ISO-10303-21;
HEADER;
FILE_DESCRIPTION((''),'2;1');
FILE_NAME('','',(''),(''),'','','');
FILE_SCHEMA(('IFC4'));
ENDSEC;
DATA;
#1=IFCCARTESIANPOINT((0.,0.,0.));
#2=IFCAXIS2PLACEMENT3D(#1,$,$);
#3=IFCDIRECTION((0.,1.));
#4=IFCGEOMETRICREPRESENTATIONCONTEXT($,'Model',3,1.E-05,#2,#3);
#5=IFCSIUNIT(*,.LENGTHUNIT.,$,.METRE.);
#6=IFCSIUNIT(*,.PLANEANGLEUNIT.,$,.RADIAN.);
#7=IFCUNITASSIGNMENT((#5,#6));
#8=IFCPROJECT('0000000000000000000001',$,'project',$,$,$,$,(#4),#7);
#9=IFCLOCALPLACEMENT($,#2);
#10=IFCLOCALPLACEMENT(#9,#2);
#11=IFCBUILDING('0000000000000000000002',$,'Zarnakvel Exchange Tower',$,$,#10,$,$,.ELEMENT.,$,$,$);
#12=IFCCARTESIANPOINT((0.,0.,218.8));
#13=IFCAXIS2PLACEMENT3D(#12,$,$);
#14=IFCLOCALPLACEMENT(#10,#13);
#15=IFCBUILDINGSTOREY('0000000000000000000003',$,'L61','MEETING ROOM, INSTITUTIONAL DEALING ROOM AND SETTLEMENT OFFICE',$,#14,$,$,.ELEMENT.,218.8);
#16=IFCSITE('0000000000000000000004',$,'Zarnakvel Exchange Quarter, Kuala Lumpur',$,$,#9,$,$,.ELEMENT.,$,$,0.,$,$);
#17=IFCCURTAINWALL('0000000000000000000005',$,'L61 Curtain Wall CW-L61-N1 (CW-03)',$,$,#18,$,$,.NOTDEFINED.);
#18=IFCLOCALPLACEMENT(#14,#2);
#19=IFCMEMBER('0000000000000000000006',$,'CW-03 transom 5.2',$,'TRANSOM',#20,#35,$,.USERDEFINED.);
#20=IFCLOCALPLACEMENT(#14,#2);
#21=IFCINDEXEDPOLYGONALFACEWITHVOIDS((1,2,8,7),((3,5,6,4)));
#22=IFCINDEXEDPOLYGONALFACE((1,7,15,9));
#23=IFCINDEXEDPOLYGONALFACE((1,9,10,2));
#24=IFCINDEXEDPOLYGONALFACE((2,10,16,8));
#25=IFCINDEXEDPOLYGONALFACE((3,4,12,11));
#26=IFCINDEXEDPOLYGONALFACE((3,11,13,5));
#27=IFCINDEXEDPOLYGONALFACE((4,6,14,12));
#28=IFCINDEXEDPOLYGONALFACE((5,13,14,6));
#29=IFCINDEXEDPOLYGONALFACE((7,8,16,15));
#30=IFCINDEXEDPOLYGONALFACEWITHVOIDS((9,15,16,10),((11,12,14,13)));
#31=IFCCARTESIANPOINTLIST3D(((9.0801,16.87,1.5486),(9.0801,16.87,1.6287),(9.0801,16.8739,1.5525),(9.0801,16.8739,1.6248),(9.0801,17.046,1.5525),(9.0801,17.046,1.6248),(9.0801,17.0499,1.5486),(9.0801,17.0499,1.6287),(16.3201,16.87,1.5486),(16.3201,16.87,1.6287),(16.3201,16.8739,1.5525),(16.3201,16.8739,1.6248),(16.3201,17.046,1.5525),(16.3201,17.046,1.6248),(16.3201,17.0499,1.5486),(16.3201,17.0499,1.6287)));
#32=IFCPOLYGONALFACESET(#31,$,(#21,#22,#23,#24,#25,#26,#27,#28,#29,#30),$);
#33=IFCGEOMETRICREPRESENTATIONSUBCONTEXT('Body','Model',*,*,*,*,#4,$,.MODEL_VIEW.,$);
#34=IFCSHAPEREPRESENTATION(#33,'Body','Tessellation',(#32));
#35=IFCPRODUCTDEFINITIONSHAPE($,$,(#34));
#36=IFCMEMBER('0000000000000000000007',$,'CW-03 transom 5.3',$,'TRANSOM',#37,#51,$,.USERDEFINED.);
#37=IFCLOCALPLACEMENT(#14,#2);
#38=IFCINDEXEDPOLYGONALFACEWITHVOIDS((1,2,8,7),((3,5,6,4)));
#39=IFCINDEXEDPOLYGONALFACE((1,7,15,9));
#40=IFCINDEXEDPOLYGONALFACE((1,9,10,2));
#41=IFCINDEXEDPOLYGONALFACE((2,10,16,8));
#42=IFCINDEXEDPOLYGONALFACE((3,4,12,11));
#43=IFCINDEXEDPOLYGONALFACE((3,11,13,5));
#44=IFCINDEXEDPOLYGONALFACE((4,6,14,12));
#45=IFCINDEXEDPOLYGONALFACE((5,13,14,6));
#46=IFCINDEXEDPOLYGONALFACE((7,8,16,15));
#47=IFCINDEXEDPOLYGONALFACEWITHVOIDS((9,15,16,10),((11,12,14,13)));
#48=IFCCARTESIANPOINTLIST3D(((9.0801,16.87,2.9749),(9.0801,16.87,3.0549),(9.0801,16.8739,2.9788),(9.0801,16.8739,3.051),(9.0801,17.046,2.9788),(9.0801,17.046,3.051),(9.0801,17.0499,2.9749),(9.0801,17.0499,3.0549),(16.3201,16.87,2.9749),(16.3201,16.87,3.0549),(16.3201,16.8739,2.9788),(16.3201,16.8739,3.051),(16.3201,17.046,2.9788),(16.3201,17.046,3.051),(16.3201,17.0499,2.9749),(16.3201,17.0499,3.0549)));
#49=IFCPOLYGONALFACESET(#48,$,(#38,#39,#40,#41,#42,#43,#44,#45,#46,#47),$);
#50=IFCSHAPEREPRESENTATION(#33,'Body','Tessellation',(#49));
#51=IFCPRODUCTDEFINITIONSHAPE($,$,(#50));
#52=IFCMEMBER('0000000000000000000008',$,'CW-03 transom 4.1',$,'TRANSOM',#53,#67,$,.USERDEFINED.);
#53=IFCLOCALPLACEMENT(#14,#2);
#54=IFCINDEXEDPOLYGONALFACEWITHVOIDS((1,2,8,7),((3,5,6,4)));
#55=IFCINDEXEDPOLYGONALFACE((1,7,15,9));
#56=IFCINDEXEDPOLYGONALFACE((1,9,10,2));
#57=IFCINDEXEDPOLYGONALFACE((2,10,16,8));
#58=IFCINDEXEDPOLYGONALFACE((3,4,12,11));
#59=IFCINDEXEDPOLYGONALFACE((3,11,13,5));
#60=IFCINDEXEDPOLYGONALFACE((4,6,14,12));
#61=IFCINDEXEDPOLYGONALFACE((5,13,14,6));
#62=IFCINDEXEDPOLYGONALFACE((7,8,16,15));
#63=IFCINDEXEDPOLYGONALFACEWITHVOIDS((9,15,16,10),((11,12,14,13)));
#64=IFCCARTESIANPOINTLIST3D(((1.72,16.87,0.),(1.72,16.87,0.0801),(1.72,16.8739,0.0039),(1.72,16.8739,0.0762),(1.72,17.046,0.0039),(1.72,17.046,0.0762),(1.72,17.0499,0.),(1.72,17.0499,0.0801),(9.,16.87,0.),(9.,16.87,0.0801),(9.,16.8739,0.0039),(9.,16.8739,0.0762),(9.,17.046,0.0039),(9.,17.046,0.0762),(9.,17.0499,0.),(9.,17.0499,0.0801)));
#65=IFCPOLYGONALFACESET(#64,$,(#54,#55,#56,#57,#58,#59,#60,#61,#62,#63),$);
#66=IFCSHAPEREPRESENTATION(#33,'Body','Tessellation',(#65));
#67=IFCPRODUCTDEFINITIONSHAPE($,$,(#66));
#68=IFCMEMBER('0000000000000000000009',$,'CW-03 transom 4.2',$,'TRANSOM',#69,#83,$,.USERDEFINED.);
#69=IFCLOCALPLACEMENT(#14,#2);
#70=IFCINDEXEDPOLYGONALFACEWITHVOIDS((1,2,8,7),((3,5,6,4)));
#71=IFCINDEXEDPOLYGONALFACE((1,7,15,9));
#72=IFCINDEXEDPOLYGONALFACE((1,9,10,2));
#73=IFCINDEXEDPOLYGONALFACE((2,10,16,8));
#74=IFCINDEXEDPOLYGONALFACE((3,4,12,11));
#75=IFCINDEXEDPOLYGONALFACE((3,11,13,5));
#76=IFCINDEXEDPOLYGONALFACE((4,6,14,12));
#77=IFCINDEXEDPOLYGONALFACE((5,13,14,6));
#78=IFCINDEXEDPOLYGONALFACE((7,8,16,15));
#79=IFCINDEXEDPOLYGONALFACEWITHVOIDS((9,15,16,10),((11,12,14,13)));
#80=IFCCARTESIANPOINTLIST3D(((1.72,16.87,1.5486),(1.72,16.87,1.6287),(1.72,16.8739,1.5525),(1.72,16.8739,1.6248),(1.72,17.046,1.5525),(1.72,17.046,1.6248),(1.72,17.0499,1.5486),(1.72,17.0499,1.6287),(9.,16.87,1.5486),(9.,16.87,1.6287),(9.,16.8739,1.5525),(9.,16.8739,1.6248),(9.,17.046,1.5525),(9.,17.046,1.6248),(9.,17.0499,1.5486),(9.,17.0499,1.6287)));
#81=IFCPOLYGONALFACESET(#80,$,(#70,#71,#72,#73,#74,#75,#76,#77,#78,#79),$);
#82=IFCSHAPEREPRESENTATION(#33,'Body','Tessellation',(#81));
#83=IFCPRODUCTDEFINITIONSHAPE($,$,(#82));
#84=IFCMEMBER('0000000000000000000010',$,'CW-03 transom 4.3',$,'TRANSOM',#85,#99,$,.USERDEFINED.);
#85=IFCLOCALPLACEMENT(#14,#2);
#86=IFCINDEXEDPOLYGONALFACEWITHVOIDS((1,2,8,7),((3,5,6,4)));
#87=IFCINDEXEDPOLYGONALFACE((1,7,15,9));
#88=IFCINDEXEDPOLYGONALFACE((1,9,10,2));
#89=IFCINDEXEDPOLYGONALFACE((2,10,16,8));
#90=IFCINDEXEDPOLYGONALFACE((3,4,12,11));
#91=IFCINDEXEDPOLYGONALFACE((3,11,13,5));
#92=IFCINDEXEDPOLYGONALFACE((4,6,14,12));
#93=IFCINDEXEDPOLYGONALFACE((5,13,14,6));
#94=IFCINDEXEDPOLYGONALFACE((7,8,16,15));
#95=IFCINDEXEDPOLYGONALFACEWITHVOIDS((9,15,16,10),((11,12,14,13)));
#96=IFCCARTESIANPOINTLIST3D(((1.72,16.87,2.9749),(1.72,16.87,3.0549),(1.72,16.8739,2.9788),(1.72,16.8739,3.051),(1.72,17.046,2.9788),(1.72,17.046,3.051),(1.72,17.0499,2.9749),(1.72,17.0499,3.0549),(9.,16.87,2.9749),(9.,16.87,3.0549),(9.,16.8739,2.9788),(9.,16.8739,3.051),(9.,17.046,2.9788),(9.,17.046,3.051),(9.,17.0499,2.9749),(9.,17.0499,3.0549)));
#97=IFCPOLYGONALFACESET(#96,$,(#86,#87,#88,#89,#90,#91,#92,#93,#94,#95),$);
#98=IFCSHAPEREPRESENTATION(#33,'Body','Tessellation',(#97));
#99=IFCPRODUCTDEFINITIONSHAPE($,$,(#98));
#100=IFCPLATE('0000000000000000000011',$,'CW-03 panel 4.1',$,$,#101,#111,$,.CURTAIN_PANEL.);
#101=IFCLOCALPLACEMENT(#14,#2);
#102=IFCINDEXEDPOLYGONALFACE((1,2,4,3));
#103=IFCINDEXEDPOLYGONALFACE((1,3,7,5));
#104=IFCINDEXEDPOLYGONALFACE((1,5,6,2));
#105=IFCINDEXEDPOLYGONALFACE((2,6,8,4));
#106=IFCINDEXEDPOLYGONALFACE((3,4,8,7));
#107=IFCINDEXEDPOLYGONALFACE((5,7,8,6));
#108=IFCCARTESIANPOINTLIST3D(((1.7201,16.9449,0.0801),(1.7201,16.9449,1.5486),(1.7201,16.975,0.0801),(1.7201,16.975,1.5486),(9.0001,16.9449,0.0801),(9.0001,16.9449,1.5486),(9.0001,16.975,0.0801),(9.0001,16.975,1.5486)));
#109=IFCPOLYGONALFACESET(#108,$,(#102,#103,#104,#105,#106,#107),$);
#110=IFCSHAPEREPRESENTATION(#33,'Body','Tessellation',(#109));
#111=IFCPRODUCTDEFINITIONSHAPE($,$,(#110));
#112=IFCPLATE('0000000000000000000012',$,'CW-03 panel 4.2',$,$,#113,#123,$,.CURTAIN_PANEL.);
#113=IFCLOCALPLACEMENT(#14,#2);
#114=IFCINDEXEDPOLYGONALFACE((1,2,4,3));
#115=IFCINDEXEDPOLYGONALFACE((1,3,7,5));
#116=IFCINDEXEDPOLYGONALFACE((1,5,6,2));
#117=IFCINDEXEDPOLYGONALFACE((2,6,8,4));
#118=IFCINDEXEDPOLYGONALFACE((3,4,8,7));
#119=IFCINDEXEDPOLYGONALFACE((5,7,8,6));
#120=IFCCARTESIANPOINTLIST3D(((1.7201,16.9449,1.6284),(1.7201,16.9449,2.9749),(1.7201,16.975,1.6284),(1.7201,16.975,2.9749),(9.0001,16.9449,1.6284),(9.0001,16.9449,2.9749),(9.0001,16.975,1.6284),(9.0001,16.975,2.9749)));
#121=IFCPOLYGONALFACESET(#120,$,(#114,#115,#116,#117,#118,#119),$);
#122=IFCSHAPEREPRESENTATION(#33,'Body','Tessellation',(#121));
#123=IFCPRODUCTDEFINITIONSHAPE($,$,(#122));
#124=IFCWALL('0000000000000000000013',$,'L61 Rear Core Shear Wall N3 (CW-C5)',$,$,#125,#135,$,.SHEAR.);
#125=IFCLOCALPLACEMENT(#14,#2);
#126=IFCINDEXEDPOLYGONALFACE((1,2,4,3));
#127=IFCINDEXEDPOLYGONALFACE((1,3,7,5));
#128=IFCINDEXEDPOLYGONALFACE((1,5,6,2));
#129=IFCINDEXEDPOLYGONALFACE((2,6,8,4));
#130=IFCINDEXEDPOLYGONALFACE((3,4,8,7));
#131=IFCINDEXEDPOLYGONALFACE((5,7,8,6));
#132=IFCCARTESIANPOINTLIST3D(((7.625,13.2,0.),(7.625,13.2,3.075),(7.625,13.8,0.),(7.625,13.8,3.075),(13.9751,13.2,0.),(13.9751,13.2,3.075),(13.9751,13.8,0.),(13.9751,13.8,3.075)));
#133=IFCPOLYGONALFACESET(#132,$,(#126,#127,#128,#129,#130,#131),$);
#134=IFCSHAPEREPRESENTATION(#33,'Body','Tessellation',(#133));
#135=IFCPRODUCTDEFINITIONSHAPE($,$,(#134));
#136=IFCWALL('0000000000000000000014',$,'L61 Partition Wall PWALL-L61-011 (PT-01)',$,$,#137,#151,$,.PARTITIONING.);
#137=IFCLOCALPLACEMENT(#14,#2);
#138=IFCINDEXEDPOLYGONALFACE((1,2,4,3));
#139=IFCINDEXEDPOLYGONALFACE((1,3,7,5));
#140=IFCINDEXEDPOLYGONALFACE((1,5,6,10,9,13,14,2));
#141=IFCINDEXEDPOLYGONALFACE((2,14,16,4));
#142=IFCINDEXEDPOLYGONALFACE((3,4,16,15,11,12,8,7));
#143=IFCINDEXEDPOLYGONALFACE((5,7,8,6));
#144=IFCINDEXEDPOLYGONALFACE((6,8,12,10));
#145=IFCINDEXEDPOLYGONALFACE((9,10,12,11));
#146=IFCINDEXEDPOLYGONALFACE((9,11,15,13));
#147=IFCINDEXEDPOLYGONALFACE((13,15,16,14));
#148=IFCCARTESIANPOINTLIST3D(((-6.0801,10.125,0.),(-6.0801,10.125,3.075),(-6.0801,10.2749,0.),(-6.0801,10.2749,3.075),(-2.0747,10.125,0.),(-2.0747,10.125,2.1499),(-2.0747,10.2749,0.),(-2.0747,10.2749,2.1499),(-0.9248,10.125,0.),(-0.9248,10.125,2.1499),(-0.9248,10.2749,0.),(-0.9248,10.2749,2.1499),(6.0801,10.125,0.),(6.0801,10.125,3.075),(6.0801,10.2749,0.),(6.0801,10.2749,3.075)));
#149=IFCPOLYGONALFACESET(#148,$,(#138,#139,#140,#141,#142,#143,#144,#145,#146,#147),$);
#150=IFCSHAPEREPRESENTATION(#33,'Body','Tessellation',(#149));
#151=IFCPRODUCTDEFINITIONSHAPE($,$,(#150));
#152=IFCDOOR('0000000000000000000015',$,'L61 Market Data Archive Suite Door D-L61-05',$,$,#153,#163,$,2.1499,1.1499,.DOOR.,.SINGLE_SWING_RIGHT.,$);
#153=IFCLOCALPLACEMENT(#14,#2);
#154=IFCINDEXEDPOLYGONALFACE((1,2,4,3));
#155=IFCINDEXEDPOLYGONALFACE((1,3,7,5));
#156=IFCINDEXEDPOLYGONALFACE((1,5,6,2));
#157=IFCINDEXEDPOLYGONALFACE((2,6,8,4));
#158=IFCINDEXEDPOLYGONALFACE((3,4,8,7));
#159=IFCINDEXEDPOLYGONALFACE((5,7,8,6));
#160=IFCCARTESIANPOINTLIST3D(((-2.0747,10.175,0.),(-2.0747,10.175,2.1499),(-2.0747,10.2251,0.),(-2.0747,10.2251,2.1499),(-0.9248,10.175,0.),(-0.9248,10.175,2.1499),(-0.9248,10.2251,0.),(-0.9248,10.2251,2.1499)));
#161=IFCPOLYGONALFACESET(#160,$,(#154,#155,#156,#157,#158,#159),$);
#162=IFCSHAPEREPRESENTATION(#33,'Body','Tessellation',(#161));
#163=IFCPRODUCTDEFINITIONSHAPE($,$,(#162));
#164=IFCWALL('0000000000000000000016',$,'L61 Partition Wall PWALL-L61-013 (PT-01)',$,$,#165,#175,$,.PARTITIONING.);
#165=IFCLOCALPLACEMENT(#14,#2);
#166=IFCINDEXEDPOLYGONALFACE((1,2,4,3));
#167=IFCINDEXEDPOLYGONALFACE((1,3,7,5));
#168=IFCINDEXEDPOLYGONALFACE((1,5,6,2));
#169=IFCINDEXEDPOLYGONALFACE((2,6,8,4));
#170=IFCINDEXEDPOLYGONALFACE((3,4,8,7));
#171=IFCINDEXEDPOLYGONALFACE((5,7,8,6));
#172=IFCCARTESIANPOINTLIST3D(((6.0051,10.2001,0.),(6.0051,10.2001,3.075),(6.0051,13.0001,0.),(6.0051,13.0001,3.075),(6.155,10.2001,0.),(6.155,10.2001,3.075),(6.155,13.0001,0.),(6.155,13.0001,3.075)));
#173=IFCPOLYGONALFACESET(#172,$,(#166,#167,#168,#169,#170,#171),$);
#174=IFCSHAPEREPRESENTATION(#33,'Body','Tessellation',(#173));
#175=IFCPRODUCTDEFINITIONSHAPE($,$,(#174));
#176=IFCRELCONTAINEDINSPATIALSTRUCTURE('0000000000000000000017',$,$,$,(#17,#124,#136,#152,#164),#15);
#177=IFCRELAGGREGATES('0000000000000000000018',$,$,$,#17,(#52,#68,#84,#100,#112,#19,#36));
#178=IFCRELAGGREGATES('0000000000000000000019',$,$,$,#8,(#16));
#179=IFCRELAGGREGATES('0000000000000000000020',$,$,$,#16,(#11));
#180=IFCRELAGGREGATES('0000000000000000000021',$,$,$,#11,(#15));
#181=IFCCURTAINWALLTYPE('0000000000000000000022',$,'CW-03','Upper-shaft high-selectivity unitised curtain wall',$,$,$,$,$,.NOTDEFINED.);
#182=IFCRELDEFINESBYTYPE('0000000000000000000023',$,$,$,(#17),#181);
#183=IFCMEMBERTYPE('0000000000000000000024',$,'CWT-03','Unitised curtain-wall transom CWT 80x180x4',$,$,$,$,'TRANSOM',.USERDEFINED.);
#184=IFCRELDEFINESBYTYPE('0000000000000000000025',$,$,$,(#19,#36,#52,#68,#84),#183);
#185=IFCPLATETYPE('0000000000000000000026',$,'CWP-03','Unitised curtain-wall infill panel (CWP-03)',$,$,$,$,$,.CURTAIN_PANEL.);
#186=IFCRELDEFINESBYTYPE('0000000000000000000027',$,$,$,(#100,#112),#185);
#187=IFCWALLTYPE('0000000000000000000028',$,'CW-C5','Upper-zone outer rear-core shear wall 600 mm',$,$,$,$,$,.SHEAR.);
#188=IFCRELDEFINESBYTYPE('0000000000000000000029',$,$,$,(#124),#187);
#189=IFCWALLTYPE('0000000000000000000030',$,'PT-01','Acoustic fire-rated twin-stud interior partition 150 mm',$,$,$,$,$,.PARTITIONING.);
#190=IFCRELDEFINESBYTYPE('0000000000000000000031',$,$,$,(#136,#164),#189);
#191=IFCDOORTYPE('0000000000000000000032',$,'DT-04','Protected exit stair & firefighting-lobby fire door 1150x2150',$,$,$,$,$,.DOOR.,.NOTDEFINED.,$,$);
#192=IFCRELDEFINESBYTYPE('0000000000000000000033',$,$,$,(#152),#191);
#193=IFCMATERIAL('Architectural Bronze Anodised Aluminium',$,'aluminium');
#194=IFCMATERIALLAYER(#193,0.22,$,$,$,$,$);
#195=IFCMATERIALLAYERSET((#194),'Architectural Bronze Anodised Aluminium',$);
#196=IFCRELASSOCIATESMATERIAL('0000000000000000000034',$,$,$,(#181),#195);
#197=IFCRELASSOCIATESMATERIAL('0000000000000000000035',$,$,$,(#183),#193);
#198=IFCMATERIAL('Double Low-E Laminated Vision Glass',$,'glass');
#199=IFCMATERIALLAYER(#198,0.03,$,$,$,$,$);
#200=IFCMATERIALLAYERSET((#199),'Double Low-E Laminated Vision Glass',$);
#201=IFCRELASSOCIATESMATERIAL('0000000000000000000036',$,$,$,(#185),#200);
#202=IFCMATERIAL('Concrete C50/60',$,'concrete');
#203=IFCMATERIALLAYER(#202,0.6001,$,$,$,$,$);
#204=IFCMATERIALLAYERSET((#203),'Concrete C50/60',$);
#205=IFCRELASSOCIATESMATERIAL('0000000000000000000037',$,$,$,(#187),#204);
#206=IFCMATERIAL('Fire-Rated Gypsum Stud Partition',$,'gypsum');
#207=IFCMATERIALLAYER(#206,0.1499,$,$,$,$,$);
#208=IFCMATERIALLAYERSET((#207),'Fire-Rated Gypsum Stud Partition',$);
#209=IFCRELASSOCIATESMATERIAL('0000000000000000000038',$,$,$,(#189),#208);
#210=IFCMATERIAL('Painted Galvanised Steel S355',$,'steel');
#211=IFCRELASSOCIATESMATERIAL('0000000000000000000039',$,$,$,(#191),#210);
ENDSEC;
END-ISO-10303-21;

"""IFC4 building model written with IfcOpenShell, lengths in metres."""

from ifc_helpers import new_model, si_unit, direction, frame, frame_2d, origin, origin_2d, place, context, subcontext, project, spatial, rectangle, hollow_rectangle, extrude, source, transform, mapped, material, layer, layer_set, material_profile, profile_set, type_object, element, fill, aggregate, save


model = new_model("IFC4")

# Units and contexts
model_context = context("Model", 3, precision=1e-05, world=origin(), true_north=direction((0.0, 1.0)))
body_context = subcontext(model_context, "Body", "Model", "MODEL_VIEW")
ifc_project = project(units=[si_unit("LENGTHUNIT", "METRE"), si_unit("PLANEANGLEUNIT", "RADIAN")], contexts=[model_context])

# Site, building, storey
site_placement = place(None, origin())
site = spatial("IfcSite", under=ifc_project, at=site_placement, Name="Zarnakvel Exchange Quarter, Kuala Lumpur", CompositionType="ELEMENT", RefElevation=0.0)
building_placement = place(site_placement, origin())
building = spatial("IfcBuilding", under=site, at=building_placement, Name="Zarnakvel Exchange Tower", CompositionType="ELEMENT")
storey_placement = place(building_placement, frame((0.0, 0.0, 218.8)))
storey = spatial("IfcBuildingStorey", under=building, at=storey_placement, Name="L61", Description="MEETING ROOM, INSTITUTIONAL DEALING ROOM AND SETTLEMENT OFFICE", CompositionType="ELEMENT", Elevation=218.8)

# Shared definitions
ifc_material_1 = material(Name="Concrete C50/60", Category="concrete")

# Curtain wall, members, plates
ifc_material_2 = material(Name="Architectural Bronze Anodised Aluminium", Category="aluminium")
ifc_layer_1 = layer(ifc_material_2, 0.22)
ifc_layer_set_1 = layer_set([ifc_layer_1], Name="Architectural Bronze Anodised Aluminium")
curtain_wall_type = type_object("IfcCurtainWallType", Name="CW-03", Description="Upper-shaft high-selectivity unitised curtain wall", PredefinedType="NOTDEFINED", material=ifc_layer_set_1)
curtain_wall_placement = place(storey_placement, origin())
curtain_wall = element("IfcCurtainWall", 1, at=curtain_wall_placement, inside=storey, type_object=curtain_wall_type, Name="L61 Curtain Wall CW-L61-N1 (CW-03)", PredefinedType="NOTDEFINED")
ifc_material_profile_1 = material_profile(ifc_material_2, hollow_rectangle(XDim=0.1799, YDim=0.0801, WallThickness=0.0039, at=origin_2d()))
ifc_profile_set_1 = profile_set([ifc_material_profile_1], Name="Architectural Bronze Anodised Aluminium")
member_type_1 = type_object("IfcMemberType", Name="CWT-03", Description="Unitised curtain-wall transom CWT 80x180x4", ElementType="TRANSOM", PredefinedType="USERDEFINED", material=ifc_profile_set_1)
shared_shape_1 = source(origin(), body_context, "Body", "SweptSolid", [
    extrude(hollow_rectangle(XDim=0.1799, YDim=0.0801, WallThickness=0.0039, at=origin_2d()), origin(), (0.0, 0.0, 1.0), 7.24),
])
member_1_placement = place(storey_placement, frame((9.0801, 16.96, 1.5886), z_axis=(1.0, 0.0, 0.0), x_axis=(0.0, 1.0, 0.0)))
member_1 = element("IfcMember", 2, at=member_1_placement, type_object=member_type_1, Name="CW-03 transom 5.2", ObjectType="TRANSOM", PredefinedType="USERDEFINED", context=body_context, shape_type="MappedRepresentation", body=[
    mapped(shared_shape_1, transform((0.0, 0.0, 0.0), x_axis=(1.0, 0.0, 0.0), y_axis=(0.0, 1.0, 0.0), z_axis=(0.0, 0.0, 1.0), scale=1.0)),
])
member_2_placement = place(storey_placement, frame((9.0801, 16.96, 3.0149), z_axis=(1.0, 0.0, 0.0), x_axis=(0.0, 1.0, 0.0)))
member_2 = element("IfcMember", 3, at=member_2_placement, type_object=member_type_1, Name="CW-03 transom 5.3", ObjectType="TRANSOM", PredefinedType="USERDEFINED", context=body_context, shape_type="MappedRepresentation", body=[
    mapped(shared_shape_1, transform((0.0, 0.0, 0.0), x_axis=(1.0, 0.0, 0.0), y_axis=(0.0, 1.0, 0.0), z_axis=(0.0, 0.0, 1.0), scale=1.0)),
])
shared_shape_2 = source(origin(), body_context, "Body", "SweptSolid", [
    extrude(hollow_rectangle(XDim=0.1799, YDim=0.0801, WallThickness=0.0039, at=origin_2d()), origin(), (0.0, 0.0, 1.0), 7.28),
])
member_3_placement = place(storey_placement, frame((1.72, 16.96, 0.04), z_axis=(1.0, 0.0, 0.0), x_axis=(0.0, 1.0, 0.0)))
member_3 = element("IfcMember", 4, at=member_3_placement, type_object=member_type_1, Name="CW-03 transom 4.1", ObjectType="TRANSOM", PredefinedType="USERDEFINED", context=body_context, shape_type="MappedRepresentation", body=[
    mapped(shared_shape_2, transform((0.0, 0.0, 0.0), x_axis=(1.0, 0.0, 0.0), y_axis=(0.0, 1.0, 0.0), z_axis=(0.0, 0.0, 1.0), scale=1.0)),
])
member_4_placement = place(storey_placement, frame((1.72, 16.96, 1.5886), z_axis=(1.0, 0.0, 0.0), x_axis=(0.0, 1.0, 0.0)))
member_4 = element("IfcMember", 5, at=member_4_placement, type_object=member_type_1, Name="CW-03 transom 4.2", ObjectType="TRANSOM", PredefinedType="USERDEFINED", context=body_context, shape_type="MappedRepresentation", body=[
    mapped(shared_shape_2, transform((0.0, 0.0, 0.0), x_axis=(1.0, 0.0, 0.0), y_axis=(0.0, 1.0, 0.0), z_axis=(0.0, 0.0, 1.0), scale=1.0)),
])
member_5_placement = place(storey_placement, frame((1.72, 16.96, 3.0149), z_axis=(1.0, 0.0, 0.0), x_axis=(0.0, 1.0, 0.0)))
member_5 = element("IfcMember", 6, at=member_5_placement, type_object=member_type_1, Name="CW-03 transom 4.3", ObjectType="TRANSOM", PredefinedType="USERDEFINED", context=body_context, shape_type="MappedRepresentation", body=[
    mapped(shared_shape_2, transform((0.0, 0.0, 0.0), x_axis=(1.0, 0.0, 0.0), y_axis=(0.0, 1.0, 0.0), z_axis=(0.0, 0.0, 1.0), scale=1.0)),
])
ifc_material_3 = material(Name="Double Low-E Laminated Vision Glass", Category="glass")
ifc_layer_2 = layer(ifc_material_3, 0.03)
ifc_layer_set_2 = layer_set([ifc_layer_2], Name="Double Low-E Laminated Vision Glass")
plate_type = type_object("IfcPlateType", Name="CWP-03", Description="Unitised curtain-wall infill panel (CWP-03)", PredefinedType="CURTAIN_PANEL", material=ifc_layer_set_2)
shared_shape_3 = source(origin(), body_context, "Body", "SweptSolid", [
    extrude(rectangle(XDim=7.28, YDim=0.03, at=origin_2d()), origin(), (0.0, 0.0, 1.0), 1.4685),
])
plate_1_placement = place(storey_placement, frame((5.3601, 16.96, 0.0801), z_axis=(0.0, 0.0, 1.0), x_axis=(1.0, 0.0, 0.0)))
plate_1 = element("IfcPlate", 7, at=plate_1_placement, type_object=plate_type, Name="CW-03 panel 4.1", PredefinedType="CURTAIN_PANEL", context=body_context, shape_type="MappedRepresentation", body=[
    mapped(shared_shape_3, transform((0.0, 0.0, 0.0), x_axis=(1.0, 0.0, 0.0), y_axis=(0.0, 1.0, 0.0), z_axis=(0.0, 0.0, 1.0), scale=1.0)),
])
shared_shape_4 = source(origin(), body_context, "Body", "SweptSolid", [
    extrude(rectangle(XDim=7.28, YDim=0.03, at=origin_2d()), origin(), (0.0, 0.0, 1.0), 1.3464),
])
plate_2_placement = place(storey_placement, frame((5.3601, 16.96, 1.6284), z_axis=(0.0, 0.0, 1.0), x_axis=(1.0, 0.0, 0.0)))
plate_2 = element("IfcPlate", 8, at=plate_2_placement, type_object=plate_type, Name="CW-03 panel 4.2", PredefinedType="CURTAIN_PANEL", context=body_context, shape_type="MappedRepresentation", body=[
    mapped(shared_shape_4, transform((0.0, 0.0, 0.0), x_axis=(1.0, 0.0, 0.0), y_axis=(0.0, 1.0, 0.0), z_axis=(0.0, 0.0, 1.0), scale=1.0)),
])
aggregate(curtain_wall, [member_3, member_4, member_5, plate_1, plate_2, member_1, member_2])

# Wall
ifc_layer_3 = layer(ifc_material_1, 0.6001)
ifc_layer_set_3 = layer_set([ifc_layer_3], Name="Concrete C50/60")
wall_type_1 = type_object("IfcWallType", Name="CW-C5", Description="Upper-zone outer rear-core shear wall 600 mm", PredefinedType="SHEAR", material=ifc_layer_set_3)
wall_1_placement = place(storey_placement, frame((7.625, 13.5, 0.0), z_axis=(0.0, 0.0, 1.0), x_axis=(1.0, 0.0, 0.0)))
element("IfcWall", 9, at=wall_1_placement, inside=storey, type_object=wall_type_1, Name="L61 Rear Core Shear Wall N3 (CW-C5)", PredefinedType="SHEAR", context=body_context, shape_type="SweptSolid", body=[
    extrude(rectangle(XDim=6.3501, YDim=0.6001, at=frame_2d((3.175, 0.0))), origin(), (0.0, 0.0, 1.0), 3.075),
])

# Wall, opening, door
ifc_material_4 = material(Name="Fire-Rated Gypsum Stud Partition", Category="gypsum")
ifc_layer_4 = layer(ifc_material_4, 0.1499)
ifc_layer_set_4 = layer_set([ifc_layer_4], Name="Fire-Rated Gypsum Stud Partition")
wall_type_2 = type_object("IfcWallType", Name="PT-01", Description="Acoustic fire-rated twin-stud interior partition 150 mm", PredefinedType="PARTITIONING", material=ifc_layer_set_4)
wall_2_placement = place(storey_placement, frame((6.0801, 10.2, 0.0), z_axis=(0.0, 0.0, 1.0), x_axis=(-1.0, 0.0, 0.0)))
wall_2 = element("IfcWall", 10, at=wall_2_placement, inside=storey, type_object=wall_type_2, Name="L61 Partition Wall PWALL-L61-011 (PT-01)", PredefinedType="PARTITIONING", context=body_context, shape_type="SweptSolid", body=[
    extrude(rectangle(XDim=12.1602, YDim=0.1499, at=frame_2d((6.0801, 0.0))), origin(), (0.0, 0.0, 1.0), 3.075),
])
opening_1_placement = place(wall_2_placement, frame((7.0049, 0.0, 0.0)))
opening_1 = element("IfcOpeningElement", 11, at=opening_1_placement, cuts=wall_2, PredefinedType="OPENING", context=body_context, shape_type="SweptSolid", body=[
    extrude(rectangle(XDim=1.1499, YDim=2.1499, at=frame_2d((0.575, 1.075))), frame((0.0, 0.085, 0.0), z_axis=(0.0, -1.0, 0.0), x_axis=(1.0, 0.0, 0.0)), (0.0, 0.0, 1.0), 0.1699),
])
ifc_material_5 = material(Name="Painted Galvanised Steel S355", Category="steel")
door_type_1 = type_object("IfcDoorType", Name="DT-04", Description="Protected exit stair & firefighting-lobby fire door 1150x2150", OperationType="NOTDEFINED", PredefinedType="DOOR", material=ifc_material_5)
shared_shape_5 = source(origin(), body_context, "Body", "SweptSolid", [
    extrude(rectangle(XDim=1.1499, YDim=2.1499, at=frame_2d((0.575, 1.075))), frame((0.0, 0.0249, 0.0), z_axis=(0.0, -1.0, 0.0), x_axis=(1.0, 0.0, 0.0)), (0.0, 0.0, 1.0), 0.05),
])
door_1_placement = place(opening_1_placement, origin())
door_1 = element("IfcDoor", 12, at=door_1_placement, inside=storey, type_object=door_type_1, Name="L61 Market Data Archive Suite Door D-L61-05", OperationType="SINGLE_SWING_RIGHT", OverallHeight=2.1499, OverallWidth=1.1499, PredefinedType="DOOR", context=body_context, shape_type="MappedRepresentation", body=[
    mapped(shared_shape_5, transform((0.0, 0.0, 0.0), x_axis=(1.0, 0.0, 0.0), y_axis=(0.0, 1.0, 0.0), z_axis=(0.0, 0.0, 1.0), scale=1.0)),
])
fill(opening_1, door_1)

# Wall
wall_3_placement = place(storey_placement, frame((6.0801, 13.0, 0.0), z_axis=(0.0, 0.0, 1.0), x_axis=(0.0, -1.0, 0.0)))
element("IfcWall", 13, at=wall_3_placement, inside=storey, type_object=wall_type_2, Name="L61 Partition Wall PWALL-L61-013 (PT-01)", PredefinedType="PARTITIONING", context=body_context, shape_type="SweptSolid", body=[
    extrude(rectangle(XDim=2.8, YDim=0.1499, at=frame_2d((1.3999, 0.0))), origin(), (0.0, 0.0, 1.0), 3.075),
])

save(model, "model.ifc")
